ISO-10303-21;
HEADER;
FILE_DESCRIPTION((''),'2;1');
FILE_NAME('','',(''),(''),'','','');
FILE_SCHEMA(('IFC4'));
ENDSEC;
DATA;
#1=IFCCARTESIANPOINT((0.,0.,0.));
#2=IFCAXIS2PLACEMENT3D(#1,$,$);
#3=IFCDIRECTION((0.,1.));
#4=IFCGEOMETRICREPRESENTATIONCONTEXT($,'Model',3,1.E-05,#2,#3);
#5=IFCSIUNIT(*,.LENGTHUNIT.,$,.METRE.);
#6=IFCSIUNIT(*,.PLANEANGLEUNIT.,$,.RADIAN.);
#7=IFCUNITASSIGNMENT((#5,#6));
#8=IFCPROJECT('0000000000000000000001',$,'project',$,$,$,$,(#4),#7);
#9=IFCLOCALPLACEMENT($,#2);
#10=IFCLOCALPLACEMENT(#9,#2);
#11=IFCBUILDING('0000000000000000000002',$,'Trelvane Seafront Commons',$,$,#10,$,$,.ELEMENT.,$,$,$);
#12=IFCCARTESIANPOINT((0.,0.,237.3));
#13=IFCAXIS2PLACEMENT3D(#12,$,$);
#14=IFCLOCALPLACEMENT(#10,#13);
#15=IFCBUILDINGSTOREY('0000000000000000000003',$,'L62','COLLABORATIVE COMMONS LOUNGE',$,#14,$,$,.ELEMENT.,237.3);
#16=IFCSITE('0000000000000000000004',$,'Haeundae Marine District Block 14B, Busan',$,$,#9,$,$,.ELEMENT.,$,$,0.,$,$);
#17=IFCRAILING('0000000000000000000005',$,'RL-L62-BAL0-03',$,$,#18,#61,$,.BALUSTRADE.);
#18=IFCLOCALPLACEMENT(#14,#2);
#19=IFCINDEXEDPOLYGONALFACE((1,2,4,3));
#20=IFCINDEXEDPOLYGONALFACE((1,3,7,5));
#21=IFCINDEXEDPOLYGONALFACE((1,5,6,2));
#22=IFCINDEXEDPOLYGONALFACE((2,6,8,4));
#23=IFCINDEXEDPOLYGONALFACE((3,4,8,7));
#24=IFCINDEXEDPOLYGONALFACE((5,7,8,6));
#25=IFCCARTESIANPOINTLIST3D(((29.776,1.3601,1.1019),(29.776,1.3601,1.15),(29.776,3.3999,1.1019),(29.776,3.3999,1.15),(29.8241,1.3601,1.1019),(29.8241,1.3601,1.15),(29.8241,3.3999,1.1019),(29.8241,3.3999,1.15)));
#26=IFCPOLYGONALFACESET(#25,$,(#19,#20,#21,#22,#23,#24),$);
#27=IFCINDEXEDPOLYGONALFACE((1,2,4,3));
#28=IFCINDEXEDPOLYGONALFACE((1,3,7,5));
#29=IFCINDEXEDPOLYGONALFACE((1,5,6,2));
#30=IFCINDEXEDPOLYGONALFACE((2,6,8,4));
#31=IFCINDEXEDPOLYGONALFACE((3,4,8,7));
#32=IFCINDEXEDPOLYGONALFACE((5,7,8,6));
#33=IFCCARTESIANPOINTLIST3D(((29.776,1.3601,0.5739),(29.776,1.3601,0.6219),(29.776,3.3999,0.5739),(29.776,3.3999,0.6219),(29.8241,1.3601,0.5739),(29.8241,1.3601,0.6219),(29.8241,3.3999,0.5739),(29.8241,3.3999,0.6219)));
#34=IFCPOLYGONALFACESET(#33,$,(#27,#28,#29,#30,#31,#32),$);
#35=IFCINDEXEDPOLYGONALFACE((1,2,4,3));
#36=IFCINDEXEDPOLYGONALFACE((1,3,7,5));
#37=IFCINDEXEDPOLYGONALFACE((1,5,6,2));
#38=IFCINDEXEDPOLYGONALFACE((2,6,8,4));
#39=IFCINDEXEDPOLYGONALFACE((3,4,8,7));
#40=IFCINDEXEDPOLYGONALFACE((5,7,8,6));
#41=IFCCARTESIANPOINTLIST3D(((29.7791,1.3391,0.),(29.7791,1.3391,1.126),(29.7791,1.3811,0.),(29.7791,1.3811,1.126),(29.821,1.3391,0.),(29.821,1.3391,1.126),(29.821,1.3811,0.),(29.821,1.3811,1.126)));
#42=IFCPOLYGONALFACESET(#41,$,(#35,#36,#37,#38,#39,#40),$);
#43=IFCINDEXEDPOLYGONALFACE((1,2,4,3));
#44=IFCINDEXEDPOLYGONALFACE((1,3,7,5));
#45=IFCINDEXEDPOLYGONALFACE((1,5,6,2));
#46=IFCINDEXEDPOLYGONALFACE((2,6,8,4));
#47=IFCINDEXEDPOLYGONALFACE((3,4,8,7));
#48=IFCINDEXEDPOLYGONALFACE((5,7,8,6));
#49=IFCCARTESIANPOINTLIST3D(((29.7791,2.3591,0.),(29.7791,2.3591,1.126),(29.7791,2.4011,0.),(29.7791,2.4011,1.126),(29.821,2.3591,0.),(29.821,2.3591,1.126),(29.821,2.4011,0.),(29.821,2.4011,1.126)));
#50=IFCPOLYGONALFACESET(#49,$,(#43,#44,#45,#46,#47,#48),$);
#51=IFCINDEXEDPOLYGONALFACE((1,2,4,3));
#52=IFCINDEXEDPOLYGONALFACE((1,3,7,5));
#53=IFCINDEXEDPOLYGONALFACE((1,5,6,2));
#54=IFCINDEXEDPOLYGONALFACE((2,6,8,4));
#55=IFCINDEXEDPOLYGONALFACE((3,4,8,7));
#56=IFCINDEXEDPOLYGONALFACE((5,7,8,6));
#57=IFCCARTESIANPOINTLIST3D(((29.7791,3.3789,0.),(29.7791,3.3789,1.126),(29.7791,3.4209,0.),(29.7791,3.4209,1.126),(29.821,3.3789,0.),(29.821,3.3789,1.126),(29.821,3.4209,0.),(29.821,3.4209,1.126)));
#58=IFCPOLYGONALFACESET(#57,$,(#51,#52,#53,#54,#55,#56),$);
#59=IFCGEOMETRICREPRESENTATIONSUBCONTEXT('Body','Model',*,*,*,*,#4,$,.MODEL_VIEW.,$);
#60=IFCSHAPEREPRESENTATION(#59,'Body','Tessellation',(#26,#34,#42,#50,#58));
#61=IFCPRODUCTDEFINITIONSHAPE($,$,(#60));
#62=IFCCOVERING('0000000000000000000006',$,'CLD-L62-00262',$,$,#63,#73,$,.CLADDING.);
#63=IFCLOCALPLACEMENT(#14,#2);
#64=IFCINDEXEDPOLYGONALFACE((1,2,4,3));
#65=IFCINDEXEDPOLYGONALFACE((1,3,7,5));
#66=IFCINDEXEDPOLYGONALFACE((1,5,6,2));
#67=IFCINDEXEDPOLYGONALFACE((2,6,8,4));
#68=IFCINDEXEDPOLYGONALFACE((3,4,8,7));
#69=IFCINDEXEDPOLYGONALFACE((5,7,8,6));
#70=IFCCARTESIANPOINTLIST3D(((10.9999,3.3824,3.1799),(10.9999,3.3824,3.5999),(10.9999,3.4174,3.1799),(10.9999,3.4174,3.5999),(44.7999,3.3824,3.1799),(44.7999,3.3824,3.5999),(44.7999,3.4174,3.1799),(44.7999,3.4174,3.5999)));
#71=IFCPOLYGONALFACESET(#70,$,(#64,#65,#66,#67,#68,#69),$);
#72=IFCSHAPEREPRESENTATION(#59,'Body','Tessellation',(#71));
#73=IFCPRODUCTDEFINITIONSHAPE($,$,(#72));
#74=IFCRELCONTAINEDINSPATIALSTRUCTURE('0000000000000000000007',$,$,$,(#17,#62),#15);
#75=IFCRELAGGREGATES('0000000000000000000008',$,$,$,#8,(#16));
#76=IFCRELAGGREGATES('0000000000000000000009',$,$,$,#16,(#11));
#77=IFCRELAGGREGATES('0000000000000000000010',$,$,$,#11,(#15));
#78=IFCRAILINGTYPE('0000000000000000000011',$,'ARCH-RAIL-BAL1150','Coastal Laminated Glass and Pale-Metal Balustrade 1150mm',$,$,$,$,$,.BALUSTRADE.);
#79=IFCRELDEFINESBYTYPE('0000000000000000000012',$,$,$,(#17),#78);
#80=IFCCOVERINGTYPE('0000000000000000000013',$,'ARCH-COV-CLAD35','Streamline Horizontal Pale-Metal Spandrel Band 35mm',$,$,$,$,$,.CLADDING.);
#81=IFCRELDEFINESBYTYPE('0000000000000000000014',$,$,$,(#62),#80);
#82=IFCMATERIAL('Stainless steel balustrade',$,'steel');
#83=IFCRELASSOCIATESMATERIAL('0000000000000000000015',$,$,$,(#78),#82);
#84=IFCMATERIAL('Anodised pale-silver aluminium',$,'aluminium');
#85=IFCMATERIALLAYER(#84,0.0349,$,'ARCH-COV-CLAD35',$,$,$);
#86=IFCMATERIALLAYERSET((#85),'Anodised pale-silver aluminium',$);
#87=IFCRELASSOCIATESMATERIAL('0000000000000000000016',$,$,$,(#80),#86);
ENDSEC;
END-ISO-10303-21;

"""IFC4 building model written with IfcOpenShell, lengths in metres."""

from ifc_helpers import new_model, si_unit, direction, frame, origin, origin_2d, place, context, subcontext, project, spatial, rectangle, extrude, source, transform, mapped, material, layer, layer_set, type_object, element, save


model = new_model("IFC4")

# Units and contexts
model_context = context("Model", 3, precision=1e-05, world=origin(), true_north=direction((0.0, 1.0)))
body_context = subcontext(model_context, "Body", "Model", "MODEL_VIEW")
ifc_project = project(units=[si_unit("LENGTHUNIT", "METRE"), si_unit("PLANEANGLEUNIT", "RADIAN")], contexts=[model_context])

# Site, building, storey
site_placement = place(None, origin())
site = spatial("IfcSite", under=ifc_project, at=site_placement, Name="Haeundae Marine District Block 14B, Busan", CompositionType="ELEMENT", RefElevation=0.0)
building_placement = place(site_placement, origin())
building = spatial("IfcBuilding", under=site, at=building_placement, Name="Trelvane Seafront Commons", CompositionType="ELEMENT")
storey_placement = place(building_placement, frame((0.0, 0.0, 237.3)))
storey = spatial("IfcBuildingStorey", under=building, at=storey_placement, Name="L62", Description="COLLABORATIVE COMMONS LOUNGE", CompositionType="ELEMENT", Elevation=237.3)

# Shared definitions
ifc_material_1 = material(Name="Anodised pale-silver aluminium", Category="aluminium")

# Railing
ifc_material_2 = material(Name="Stainless steel balustrade", Category="steel")
railing_type = type_object("IfcRailingType", Name="ARCH-RAIL-BAL1150", Description="Coastal Laminated Glass and Pale-Metal Balustrade 1150mm", PredefinedType="BALUSTRADE", material=ifc_material_2)
railing_1_placement = place(storey_placement, frame((29.8, 1.3601, 0.0)))
element("IfcRailing", 1, at=railing_1_placement, inside=storey, type_object=railing_type, Name="RL-L62-BAL0-03", PredefinedType="BALUSTRADE", context=body_context, shape_type="SweptSolid", body=[
    extrude(rectangle(XDim=0.0481, YDim=0.0481, at=origin_2d()), frame((0.0, 0.0, 1.126), z_axis=(0.0, 1.0, 0.0), x_axis=(-1.0, 0.0, 0.0)), (0.0, 0.0, 1.0), 2.0398),
    extrude(rectangle(XDim=0.0481, YDim=0.0481, at=origin_2d()), frame((0.0, 0.0, 0.5979), z_axis=(0.0, 1.0, 0.0), x_axis=(-1.0, 0.0, 0.0)), (0.0, 0.0, 1.0), 2.0398),
    extrude(rectangle(XDim=0.042, YDim=0.042, at=origin_2d()), origin(), (0.0, 0.0, 1.0), 1.126),
    extrude(rectangle(XDim=0.042, YDim=0.042, at=origin_2d()), frame((0.0, 1.02, 0.0)), (0.0, 0.0, 1.0), 1.126),
    extrude(rectangle(XDim=0.042, YDim=0.042, at=origin_2d()), frame((0.0, 2.0398, 0.0)), (0.0, 0.0, 1.0), 1.126),
])

# Covering
ifc_layer_1 = layer(ifc_material_1, 0.0349, Name="ARCH-COV-CLAD35")
ifc_layer_set_1 = layer_set([ifc_layer_1], Name="Anodised pale-silver aluminium")
covering_type = type_object("IfcCoveringType", Name="ARCH-COV-CLAD35", Description="Streamline Horizontal Pale-Metal Spandrel Band 35mm", PredefinedType="CLADDING", material=ifc_layer_set_1)
shared_shape_1 = source(origin(), body_context, "Body", "SweptSolid", [
    extrude(rectangle(XDim=33.8, YDim=0.0349, at=origin_2d()), origin(), (0.0, 0.0, 1.0), 0.4199),
])
covering_placement = place(storey_placement, frame((27.8999, 3.3999, 3.1799), z_axis=(0.0, 0.0, 1.0), x_axis=(-1.0, 0.0, 0.0)))
element("IfcCovering", 2, at=covering_placement, inside=storey, type_object=covering_type, Name="CLD-L62-00262", PredefinedType="CLADDING", context=body_context, shape_type="MappedRepresentation", body=[
    mapped(shared_shape_1, transform((0.0, 0.0, 0.0), x_axis=(1.0, 0.0, 0.0), y_axis=(0.0, 1.0, 0.0), z_axis=(0.0, 0.0, 1.0), scale=1.0)),
])

save(model, "model.ifc")
